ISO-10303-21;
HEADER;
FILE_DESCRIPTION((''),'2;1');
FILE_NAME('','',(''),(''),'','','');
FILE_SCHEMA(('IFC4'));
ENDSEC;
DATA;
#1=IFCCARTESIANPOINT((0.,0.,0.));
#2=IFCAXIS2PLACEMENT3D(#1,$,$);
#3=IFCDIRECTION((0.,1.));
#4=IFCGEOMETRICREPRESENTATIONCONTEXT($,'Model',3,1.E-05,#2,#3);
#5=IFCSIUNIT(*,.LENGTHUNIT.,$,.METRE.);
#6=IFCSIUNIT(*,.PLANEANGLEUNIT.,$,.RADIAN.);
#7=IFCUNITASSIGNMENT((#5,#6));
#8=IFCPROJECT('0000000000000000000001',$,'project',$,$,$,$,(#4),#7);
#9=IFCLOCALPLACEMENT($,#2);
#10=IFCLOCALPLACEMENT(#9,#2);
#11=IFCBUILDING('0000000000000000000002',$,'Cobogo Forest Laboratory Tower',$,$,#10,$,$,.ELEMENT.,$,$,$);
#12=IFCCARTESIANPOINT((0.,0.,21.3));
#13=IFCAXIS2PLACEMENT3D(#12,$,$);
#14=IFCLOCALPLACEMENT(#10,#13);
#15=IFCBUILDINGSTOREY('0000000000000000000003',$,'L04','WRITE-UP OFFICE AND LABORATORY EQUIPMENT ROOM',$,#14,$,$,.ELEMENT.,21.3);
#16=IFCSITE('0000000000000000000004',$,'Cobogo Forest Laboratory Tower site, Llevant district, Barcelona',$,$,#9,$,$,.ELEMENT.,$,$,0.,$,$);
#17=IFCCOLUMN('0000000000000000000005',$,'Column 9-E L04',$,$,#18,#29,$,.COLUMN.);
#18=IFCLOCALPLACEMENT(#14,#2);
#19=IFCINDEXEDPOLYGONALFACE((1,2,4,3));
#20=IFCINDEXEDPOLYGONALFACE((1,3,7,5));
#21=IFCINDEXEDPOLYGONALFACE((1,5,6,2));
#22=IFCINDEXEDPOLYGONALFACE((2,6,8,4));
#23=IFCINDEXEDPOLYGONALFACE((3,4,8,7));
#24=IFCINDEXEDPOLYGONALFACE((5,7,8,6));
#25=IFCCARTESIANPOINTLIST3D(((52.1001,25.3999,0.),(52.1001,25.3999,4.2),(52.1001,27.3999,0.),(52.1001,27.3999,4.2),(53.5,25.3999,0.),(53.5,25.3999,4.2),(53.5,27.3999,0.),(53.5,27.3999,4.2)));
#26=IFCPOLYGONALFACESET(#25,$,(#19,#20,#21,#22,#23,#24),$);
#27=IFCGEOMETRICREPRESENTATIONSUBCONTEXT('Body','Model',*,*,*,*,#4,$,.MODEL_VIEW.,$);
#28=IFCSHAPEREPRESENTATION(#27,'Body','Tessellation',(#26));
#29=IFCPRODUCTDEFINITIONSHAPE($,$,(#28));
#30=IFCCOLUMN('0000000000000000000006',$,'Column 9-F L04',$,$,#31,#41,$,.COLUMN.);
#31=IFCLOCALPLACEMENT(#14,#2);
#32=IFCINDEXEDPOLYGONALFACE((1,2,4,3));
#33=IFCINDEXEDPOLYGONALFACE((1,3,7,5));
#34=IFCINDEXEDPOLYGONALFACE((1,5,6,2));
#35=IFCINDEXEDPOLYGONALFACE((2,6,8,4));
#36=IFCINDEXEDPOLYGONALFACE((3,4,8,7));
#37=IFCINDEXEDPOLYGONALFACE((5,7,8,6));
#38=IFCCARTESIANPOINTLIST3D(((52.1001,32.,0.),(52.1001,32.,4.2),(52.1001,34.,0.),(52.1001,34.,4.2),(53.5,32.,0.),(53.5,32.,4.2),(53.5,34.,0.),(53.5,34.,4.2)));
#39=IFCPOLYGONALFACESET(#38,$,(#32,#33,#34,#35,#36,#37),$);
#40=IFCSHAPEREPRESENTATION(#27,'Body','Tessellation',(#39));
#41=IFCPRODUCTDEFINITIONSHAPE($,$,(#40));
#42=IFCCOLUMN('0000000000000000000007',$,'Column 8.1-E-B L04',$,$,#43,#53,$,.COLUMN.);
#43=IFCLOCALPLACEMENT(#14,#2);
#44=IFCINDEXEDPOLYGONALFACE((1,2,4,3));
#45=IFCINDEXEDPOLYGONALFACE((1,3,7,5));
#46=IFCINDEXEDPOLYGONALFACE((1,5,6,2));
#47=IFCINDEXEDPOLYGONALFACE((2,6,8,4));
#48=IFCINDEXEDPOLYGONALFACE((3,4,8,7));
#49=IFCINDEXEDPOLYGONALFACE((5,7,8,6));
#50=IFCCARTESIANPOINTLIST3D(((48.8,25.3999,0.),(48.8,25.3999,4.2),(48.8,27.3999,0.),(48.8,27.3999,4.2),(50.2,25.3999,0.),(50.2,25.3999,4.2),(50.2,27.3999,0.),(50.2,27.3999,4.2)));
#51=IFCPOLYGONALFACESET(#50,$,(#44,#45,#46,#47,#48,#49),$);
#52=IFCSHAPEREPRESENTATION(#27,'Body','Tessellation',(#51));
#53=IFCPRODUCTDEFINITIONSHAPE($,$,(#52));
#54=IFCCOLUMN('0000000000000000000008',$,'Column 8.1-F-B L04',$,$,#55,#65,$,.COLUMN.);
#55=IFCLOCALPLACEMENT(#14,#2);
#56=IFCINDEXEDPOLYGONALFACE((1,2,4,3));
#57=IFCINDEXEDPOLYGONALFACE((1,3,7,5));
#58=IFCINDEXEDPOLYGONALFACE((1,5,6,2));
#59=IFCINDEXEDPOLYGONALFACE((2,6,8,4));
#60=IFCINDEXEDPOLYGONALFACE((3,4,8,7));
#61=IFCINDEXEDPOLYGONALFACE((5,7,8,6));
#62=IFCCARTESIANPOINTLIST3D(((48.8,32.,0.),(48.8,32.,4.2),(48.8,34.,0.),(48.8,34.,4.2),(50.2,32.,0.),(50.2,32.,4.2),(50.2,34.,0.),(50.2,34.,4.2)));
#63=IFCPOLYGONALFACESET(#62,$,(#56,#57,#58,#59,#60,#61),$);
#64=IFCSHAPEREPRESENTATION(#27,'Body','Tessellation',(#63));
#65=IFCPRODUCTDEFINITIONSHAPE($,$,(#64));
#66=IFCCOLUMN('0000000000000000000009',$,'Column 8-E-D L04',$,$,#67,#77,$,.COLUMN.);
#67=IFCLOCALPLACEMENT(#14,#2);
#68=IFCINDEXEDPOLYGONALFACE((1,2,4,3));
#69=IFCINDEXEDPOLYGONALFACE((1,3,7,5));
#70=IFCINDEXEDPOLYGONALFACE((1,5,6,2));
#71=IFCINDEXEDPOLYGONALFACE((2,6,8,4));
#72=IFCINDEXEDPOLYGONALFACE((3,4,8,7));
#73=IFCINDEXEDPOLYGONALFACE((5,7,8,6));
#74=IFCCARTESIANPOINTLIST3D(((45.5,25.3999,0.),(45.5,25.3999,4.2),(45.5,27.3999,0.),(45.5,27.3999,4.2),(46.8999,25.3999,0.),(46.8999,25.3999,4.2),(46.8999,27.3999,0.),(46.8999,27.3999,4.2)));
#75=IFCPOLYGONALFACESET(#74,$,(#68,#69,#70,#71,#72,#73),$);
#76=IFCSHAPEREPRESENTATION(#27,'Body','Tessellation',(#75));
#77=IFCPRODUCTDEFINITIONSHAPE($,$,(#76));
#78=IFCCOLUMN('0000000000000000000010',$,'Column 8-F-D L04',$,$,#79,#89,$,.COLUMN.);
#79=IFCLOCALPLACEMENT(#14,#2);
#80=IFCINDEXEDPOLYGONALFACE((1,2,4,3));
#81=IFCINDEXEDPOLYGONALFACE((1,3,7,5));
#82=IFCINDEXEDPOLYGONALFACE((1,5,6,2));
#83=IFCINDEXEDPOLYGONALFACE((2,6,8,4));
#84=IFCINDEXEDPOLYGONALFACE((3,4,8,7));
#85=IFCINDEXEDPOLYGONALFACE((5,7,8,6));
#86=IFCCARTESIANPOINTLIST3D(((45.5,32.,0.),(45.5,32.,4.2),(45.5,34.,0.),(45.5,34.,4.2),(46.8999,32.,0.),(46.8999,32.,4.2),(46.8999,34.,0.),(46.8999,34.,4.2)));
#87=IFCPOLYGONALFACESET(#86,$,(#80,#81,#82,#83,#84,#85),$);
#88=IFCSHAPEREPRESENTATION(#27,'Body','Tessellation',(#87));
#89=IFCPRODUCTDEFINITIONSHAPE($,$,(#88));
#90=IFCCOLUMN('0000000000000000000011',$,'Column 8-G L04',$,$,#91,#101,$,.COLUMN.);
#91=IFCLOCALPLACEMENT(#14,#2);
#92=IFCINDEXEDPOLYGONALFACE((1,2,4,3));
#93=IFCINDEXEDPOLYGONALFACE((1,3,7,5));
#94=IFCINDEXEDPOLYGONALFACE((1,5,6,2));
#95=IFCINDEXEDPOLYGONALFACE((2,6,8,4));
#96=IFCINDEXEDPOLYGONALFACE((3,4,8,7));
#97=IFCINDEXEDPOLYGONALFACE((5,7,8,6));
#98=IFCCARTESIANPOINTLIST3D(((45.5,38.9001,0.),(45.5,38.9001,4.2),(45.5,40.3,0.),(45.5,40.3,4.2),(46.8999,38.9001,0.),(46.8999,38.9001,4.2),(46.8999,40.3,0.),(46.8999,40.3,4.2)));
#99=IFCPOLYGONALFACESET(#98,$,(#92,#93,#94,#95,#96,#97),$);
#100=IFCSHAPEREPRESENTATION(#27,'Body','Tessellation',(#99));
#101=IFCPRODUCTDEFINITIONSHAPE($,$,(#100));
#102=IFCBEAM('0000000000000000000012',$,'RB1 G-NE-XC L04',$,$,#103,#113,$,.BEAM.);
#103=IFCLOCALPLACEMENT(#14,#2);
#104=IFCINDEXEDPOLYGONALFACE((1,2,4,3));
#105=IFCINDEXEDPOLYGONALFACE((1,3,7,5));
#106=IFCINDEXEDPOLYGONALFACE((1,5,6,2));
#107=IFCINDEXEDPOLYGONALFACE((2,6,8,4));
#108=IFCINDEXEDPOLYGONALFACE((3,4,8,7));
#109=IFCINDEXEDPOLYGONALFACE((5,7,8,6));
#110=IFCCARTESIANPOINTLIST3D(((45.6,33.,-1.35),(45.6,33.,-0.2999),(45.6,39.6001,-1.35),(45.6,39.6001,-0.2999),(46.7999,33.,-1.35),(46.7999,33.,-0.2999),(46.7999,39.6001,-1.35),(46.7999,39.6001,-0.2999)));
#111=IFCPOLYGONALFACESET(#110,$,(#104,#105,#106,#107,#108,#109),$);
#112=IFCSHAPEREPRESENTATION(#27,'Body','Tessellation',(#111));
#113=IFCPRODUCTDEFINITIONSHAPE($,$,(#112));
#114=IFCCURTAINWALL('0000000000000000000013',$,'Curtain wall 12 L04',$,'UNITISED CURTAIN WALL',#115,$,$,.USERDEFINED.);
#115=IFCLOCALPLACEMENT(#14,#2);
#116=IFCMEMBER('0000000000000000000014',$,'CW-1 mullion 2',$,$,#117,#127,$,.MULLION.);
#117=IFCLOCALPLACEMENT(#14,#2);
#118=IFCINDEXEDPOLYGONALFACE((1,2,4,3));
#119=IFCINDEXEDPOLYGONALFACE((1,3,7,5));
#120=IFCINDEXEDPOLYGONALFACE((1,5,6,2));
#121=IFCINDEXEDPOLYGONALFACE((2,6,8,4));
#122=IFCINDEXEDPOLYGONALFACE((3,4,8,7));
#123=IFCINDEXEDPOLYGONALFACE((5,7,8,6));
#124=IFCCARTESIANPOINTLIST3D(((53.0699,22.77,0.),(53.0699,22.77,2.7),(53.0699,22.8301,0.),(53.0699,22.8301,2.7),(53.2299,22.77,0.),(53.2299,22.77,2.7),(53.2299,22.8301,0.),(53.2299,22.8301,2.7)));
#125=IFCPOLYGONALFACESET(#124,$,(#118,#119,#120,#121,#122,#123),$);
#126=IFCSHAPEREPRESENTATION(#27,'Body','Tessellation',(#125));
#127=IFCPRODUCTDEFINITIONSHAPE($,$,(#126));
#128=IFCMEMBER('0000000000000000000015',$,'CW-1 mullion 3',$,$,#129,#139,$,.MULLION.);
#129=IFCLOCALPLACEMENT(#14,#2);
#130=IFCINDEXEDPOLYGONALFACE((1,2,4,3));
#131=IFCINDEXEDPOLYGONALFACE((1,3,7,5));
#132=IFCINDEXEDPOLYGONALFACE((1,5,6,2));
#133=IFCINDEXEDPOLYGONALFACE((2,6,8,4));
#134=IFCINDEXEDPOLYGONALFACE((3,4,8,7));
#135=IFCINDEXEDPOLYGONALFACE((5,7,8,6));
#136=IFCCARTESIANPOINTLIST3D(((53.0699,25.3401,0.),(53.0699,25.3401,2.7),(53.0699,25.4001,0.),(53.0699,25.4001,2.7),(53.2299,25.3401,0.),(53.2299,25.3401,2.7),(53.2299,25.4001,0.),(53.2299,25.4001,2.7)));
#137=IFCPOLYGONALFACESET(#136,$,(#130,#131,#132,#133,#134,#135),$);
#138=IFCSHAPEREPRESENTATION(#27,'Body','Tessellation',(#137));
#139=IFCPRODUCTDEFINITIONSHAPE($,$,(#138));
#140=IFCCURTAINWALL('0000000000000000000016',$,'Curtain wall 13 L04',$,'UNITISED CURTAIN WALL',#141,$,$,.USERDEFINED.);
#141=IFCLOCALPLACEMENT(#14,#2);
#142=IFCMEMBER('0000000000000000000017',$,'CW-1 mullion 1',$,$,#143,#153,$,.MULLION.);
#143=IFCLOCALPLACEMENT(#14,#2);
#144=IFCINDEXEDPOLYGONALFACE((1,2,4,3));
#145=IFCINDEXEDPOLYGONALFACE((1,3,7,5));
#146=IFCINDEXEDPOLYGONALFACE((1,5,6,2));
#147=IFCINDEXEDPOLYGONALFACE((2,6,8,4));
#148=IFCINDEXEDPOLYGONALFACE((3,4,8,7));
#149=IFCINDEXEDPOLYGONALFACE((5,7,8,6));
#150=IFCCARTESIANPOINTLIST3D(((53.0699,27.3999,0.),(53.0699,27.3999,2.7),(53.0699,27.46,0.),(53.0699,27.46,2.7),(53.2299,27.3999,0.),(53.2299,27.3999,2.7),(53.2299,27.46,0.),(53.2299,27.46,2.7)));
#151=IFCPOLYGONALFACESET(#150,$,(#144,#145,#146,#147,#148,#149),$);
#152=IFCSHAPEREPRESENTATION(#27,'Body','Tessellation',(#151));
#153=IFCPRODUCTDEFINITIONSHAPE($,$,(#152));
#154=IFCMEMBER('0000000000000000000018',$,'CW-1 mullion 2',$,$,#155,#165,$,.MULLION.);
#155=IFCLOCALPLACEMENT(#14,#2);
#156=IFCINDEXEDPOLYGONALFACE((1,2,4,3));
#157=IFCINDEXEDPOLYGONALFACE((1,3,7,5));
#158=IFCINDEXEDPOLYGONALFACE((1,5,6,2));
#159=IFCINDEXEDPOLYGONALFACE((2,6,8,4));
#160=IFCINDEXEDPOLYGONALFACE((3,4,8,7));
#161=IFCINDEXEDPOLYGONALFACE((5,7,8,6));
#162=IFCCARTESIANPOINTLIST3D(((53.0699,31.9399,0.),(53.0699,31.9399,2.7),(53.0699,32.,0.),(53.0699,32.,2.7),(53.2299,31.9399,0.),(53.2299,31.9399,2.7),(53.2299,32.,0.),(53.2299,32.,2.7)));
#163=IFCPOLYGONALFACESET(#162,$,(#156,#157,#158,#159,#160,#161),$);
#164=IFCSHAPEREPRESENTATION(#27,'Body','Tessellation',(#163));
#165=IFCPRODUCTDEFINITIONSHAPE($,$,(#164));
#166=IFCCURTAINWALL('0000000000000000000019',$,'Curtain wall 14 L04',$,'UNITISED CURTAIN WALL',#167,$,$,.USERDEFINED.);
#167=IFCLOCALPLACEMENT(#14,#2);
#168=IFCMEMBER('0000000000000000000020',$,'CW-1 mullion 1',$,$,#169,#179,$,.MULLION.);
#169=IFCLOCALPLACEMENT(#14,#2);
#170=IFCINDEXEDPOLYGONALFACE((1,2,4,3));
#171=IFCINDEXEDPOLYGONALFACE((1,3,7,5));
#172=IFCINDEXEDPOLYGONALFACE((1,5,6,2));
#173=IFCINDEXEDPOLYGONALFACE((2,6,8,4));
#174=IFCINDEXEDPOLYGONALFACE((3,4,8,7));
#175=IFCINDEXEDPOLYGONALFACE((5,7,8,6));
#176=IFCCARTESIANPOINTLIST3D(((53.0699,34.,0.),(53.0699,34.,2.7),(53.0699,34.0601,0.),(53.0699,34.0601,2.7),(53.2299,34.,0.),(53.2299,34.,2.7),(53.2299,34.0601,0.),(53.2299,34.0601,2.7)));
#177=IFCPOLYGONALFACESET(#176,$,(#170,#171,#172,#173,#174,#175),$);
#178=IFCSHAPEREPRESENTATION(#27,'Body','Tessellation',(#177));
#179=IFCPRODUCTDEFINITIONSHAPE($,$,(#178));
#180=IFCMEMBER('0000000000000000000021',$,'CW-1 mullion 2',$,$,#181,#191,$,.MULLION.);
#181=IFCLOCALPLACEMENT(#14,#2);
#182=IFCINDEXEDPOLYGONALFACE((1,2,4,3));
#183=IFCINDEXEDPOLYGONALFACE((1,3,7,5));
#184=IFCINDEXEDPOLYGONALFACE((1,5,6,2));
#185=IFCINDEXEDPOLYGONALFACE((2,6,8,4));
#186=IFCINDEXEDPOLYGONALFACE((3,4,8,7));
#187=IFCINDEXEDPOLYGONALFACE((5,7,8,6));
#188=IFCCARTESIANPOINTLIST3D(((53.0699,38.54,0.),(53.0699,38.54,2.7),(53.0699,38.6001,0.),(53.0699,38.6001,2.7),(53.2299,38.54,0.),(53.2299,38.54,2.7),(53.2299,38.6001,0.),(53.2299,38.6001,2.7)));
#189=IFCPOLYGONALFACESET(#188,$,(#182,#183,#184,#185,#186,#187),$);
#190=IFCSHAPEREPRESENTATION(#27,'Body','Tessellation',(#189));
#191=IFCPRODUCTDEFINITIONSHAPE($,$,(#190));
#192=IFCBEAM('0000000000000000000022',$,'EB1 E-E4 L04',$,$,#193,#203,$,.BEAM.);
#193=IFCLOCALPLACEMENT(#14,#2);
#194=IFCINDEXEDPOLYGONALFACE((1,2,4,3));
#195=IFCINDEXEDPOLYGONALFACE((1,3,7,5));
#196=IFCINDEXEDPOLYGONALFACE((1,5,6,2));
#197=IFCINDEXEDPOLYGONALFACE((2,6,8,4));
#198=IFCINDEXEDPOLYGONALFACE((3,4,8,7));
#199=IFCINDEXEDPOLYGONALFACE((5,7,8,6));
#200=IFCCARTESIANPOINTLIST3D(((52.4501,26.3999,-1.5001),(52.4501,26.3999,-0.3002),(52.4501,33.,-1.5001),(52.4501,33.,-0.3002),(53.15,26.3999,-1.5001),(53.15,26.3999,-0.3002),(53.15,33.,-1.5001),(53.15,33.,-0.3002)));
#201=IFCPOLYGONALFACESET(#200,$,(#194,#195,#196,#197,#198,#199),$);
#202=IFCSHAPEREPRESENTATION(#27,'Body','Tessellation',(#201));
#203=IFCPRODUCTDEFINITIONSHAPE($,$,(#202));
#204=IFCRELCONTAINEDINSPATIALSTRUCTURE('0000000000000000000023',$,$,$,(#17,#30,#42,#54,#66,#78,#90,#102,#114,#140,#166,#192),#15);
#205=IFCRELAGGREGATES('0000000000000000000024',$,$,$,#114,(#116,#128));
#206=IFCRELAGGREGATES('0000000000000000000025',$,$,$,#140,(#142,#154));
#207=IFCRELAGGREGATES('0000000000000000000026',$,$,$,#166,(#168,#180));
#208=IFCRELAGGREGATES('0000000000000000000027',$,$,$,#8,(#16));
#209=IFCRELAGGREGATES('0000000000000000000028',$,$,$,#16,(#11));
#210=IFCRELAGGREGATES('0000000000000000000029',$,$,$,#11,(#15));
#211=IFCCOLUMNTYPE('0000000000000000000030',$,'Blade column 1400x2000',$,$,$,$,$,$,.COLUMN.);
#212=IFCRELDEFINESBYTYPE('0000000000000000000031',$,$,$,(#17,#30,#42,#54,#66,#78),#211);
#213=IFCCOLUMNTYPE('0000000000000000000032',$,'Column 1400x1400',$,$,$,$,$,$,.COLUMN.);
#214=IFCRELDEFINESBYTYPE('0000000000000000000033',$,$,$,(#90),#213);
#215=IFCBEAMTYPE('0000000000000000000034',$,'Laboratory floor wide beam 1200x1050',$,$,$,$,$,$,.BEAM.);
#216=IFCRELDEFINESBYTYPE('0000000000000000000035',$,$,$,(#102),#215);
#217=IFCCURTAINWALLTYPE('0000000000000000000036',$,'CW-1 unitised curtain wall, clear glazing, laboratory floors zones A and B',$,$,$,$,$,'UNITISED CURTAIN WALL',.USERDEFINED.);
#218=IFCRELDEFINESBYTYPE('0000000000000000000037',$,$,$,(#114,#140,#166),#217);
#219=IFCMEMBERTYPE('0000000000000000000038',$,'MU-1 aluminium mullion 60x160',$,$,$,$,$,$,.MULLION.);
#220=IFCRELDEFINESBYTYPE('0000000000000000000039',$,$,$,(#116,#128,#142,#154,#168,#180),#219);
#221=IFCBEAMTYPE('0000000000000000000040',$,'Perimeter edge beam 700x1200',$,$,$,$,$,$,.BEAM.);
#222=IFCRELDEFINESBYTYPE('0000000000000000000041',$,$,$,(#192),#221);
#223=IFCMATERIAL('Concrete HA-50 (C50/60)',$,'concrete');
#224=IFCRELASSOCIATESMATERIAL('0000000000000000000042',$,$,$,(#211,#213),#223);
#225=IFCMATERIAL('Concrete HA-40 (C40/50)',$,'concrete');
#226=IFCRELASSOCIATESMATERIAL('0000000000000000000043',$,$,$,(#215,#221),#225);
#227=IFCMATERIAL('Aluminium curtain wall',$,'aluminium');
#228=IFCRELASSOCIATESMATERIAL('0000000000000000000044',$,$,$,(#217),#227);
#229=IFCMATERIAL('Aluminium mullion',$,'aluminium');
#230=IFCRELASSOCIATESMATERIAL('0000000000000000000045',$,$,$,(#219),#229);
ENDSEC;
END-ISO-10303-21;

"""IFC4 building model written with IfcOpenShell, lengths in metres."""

from ifc_helpers import new_model, si_unit, direction, frame, origin, origin_2d, place, context, subcontext, project, spatial, rectangle, extrude, material, material_profile, profile_set, type_object, element, aggregate, save


model = new_model("IFC4")

# Units and contexts
model_context = context("Model", 3, precision=1e-05, world=origin(), true_north=direction((0.0, 1.0)))
body_context = subcontext(model_context, "Body", "Model", "MODEL_VIEW")
ifc_project = project(units=[si_unit("LENGTHUNIT", "METRE"), si_unit("PLANEANGLEUNIT", "RADIAN")], contexts=[model_context])

# Site, building, storey
site_placement = place(None, origin())
site = spatial("IfcSite", under=ifc_project, at=site_placement, Name="Cobogo Forest Laboratory Tower site, Llevant district, Barcelona", CompositionType="ELEMENT", RefElevation=0.0)
building_placement = place(site_placement, origin())
building = spatial("IfcBuilding", under=site, at=building_placement, Name="Cobogo Forest Laboratory Tower", CompositionType="ELEMENT")
storey_placement = place(building_placement, frame((0.0, 0.0, 21.3)))
storey = spatial("IfcBuildingStorey", under=building, at=storey_placement, Name="L04", Description="WRITE-UP OFFICE AND LABORATORY EQUIPMENT ROOM", CompositionType="ELEMENT", Elevation=21.3)

# Columns
ifc_material_1 = material(Name="Concrete HA-50 (C50/60)", Category="concrete")
ifc_material_profile_1 = material_profile(ifc_material_1, rectangle(XDim=2.0, YDim=1.3999, at=origin_2d()), Name="RC 1400x2000")
ifc_profile_set_1 = profile_set([ifc_material_profile_1], Name="Concrete HA-50 (C50/60)")
column_type_1 = type_object("IfcColumnType", Name="Blade column 1400x2000", PredefinedType="COLUMN", material=ifc_profile_set_1)
for number, where, z_axis, x_axis, name in (
    (1, (52.8, 26.3999, 0.0), (0.0, 0.0, 1.0), (0.0, 1.0, 0.0), "Column 9-E L04"),
    (2, (52.8, 33.0, 0.0), (0.0, 0.0, 1.0), (0.0, 1.0, 0.0), "Column 9-F L04"),
    (3, (49.5, 26.3999, 0.0), (0.0, 0.0, 1.0), (0.0, 1.0, 0.0), "Column 8.1-E-B L04"),
    (4, (49.5, 33.0, 0.0), (0.0, 0.0, 1.0), (0.0, 1.0, 0.0), "Column 8.1-F-B L04"),
    (5, (46.2, 26.3999, 0.0), (0.0, 0.0, 1.0), (0.0, 1.0, 0.0), "Column 8-E-D L04"),
    (6, (46.2, 33.0, 0.0), (0.0, 0.0, 1.0), (0.0, 1.0, 0.0), "Column 8-F-D L04"),
):
    element("IfcColumn", number, at=place(storey_placement, frame(where, z_axis=z_axis, x_axis=x_axis)), inside=storey, type_object=column_type_1, Name=name, PredefinedType="COLUMN", context=body_context, shape_type="SweptSolid", body=[
        extrude(rectangle(XDim=2.0, YDim=1.3999, at=origin_2d()), origin(), (0.0, 0.0, 1.0), 4.2),
    ])
ifc_material_profile_2 = material_profile(ifc_material_1, rectangle(XDim=1.3999, YDim=1.3999, at=origin_2d()), Name="RC 1400x1400")
ifc_profile_set_2 = profile_set([ifc_material_profile_2], Name="Concrete HA-50 (C50/60)")
column_type_2 = type_object("IfcColumnType", Name="Column 1400x1400", PredefinedType="COLUMN", material=ifc_profile_set_2)
column_placement = place(storey_placement, frame((46.2, 39.6001, 0.0), z_axis=(0.0, 0.0, 1.0), x_axis=(1.0, 0.0, 0.0)))
element("IfcColumn", 7, at=column_placement, inside=storey, type_object=column_type_2, Name="Column 8-G L04", PredefinedType="COLUMN", context=body_context, shape_type="SweptSolid", body=[
    extrude(rectangle(XDim=1.3999, YDim=1.3999, at=origin_2d()), origin(), (0.0, 0.0, 1.0), 4.2),
])

# Beam
ifc_material_2 = material(Name="Concrete HA-40 (C40/50)", Category="concrete")
ifc_material_profile_3 = material_profile(ifc_material_2, rectangle(XDim=1.2, YDim=1.05, at=origin_2d()), Name="RC 1200x1050")
ifc_profile_set_3 = profile_set([ifc_material_profile_3], Name="Concrete HA-40 (C40/50)")
beam_type_1 = type_object("IfcBeamType", Name="Laboratory floor wide beam 1200x1050", PredefinedType="BEAM", material=ifc_profile_set_3)
beam_placement = place(storey_placement, frame((46.2, 39.6001, -0.825), z_axis=(0.0, -1.0, 0.0), x_axis=(1.0, 0.0, 0.0)))
element("IfcBeam", 8, at=beam_placement, inside=storey, type_object=beam_type_1, Name="RB1 G-NE-XC L04", PredefinedType="BEAM", context=body_context, shape_type="SweptSolid", body=[
    extrude(rectangle(XDim=1.2, YDim=1.05, at=origin_2d()), origin(), (0.0, 0.0, 1.0), 6.6001),
])

# Curtain walls, members
ifc_material_3 = material(Name="Aluminium curtain wall", Category="aluminium")
curtain_wall_type = type_object("IfcCurtainWallType", Name="CW-1 unitised curtain wall, clear glazing, laboratory floors zones A and B", ElementType="UNITISED CURTAIN WALL", PredefinedType="USERDEFINED", material=ifc_material_3)
curtain_wall_1_placement = place(storey_placement, origin())
curtain_wall_1 = element("IfcCurtainWall", 9, at=curtain_wall_1_placement, inside=storey, type_object=curtain_wall_type, Name="Curtain wall 12 L04", ObjectType="UNITISED CURTAIN WALL", PredefinedType="USERDEFINED")
ifc_material_4 = material(Name="Aluminium mullion", Category="aluminium")
ifc_material_profile_4 = material_profile(ifc_material_4, rectangle(XDim=0.0601, YDim=0.1599, at=origin_2d()), Name="AL 60x160")
ifc_profile_set_4 = profile_set([ifc_material_profile_4], Name="Aluminium mullion")
member_type_1 = type_object("IfcMemberType", Name="MU-1 aluminium mullion 60x160", PredefinedType="MULLION", material=ifc_profile_set_4)
member_1_placement = place(storey_placement, frame((53.1499, 22.8, 0.0), z_axis=(0.0, 0.0, 1.0), x_axis=(0.0, 1.0, 0.0)))
member_1 = element("IfcMember", 10, at=member_1_placement, type_object=member_type_1, Name="CW-1 mullion 2", PredefinedType="MULLION", context=body_context, shape_type="SweptSolid", body=[
    extrude(rectangle(XDim=0.0601, YDim=0.1599, at=origin_2d()), origin(), (0.0, 0.0, 1.0), 2.7),
])
member_2_placement = place(storey_placement, frame((53.1499, 25.3701, 0.0), z_axis=(0.0, 0.0, 1.0), x_axis=(0.0, 1.0, 0.0)))
member_2 = element("IfcMember", 11, at=member_2_placement, type_object=member_type_1, Name="CW-1 mullion 3", PredefinedType="MULLION", context=body_context, shape_type="SweptSolid", body=[
    extrude(rectangle(XDim=0.0601, YDim=0.1599, at=origin_2d()), origin(), (0.0, 0.0, 1.0), 2.7),
])
curtain_wall_2_placement = place(storey_placement, origin())
curtain_wall_2 = element("IfcCurtainWall", 12, at=curtain_wall_2_placement, inside=storey, type_object=curtain_wall_type, Name="Curtain wall 13 L04", ObjectType="UNITISED CURTAIN WALL", PredefinedType="USERDEFINED")
member_3_placement = place(storey_placement, frame((53.1499, 27.4299, 0.0), z_axis=(0.0, 0.0, 1.0), x_axis=(0.0, 1.0, 0.0)))
member_3 = element("IfcMember", 13, at=member_3_placement, type_object=member_type_1, Name="CW-1 mullion 1", PredefinedType="MULLION", context=body_context, shape_type="SweptSolid", body=[
    extrude(rectangle(XDim=0.0601, YDim=0.1599, at=origin_2d()), origin(), (0.0, 0.0, 1.0), 2.7),
])
member_4_placement = place(storey_placement, frame((53.1499, 31.97, 0.0), z_axis=(0.0, 0.0, 1.0), x_axis=(0.0, 1.0, 0.0)))
member_4 = element("IfcMember", 14, at=member_4_placement, type_object=member_type_1, Name="CW-1 mullion 2", PredefinedType="MULLION", context=body_context, shape_type="SweptSolid", body=[
    extrude(rectangle(XDim=0.0601, YDim=0.1599, at=origin_2d()), origin(), (0.0, 0.0, 1.0), 2.7),
])
curtain_wall_3_placement = place(storey_placement, origin())
curtain_wall_3 = element("IfcCurtainWall", 15, at=curtain_wall_3_placement, inside=storey, type_object=curtain_wall_type, Name="Curtain wall 14 L04", ObjectType="UNITISED CURTAIN WALL", PredefinedType="USERDEFINED")
member_5_placement = place(storey_placement, frame((53.1499, 34.03, 0.0), z_axis=(0.0, 0.0, 1.0), x_axis=(0.0, 1.0, 0.0)))
member_5 = element("IfcMember", 16, at=member_5_placement, type_object=member_type_1, Name="CW-1 mullion 1", PredefinedType="MULLION", context=body_context, shape_type="SweptSolid", body=[
    extrude(rectangle(XDim=0.0601, YDim=0.1599, at=origin_2d()), origin(), (0.0, 0.0, 1.0), 2.7),
])
member_6_placement = place(storey_placement, frame((53.1499, 38.5701, 0.0), z_axis=(0.0, 0.0, 1.0), x_axis=(0.0, 1.0, 0.0)))
member_6 = element("IfcMember", 17, at=member_6_placement, type_object=member_type_1, Name="CW-1 mullion 2", PredefinedType="MULLION", context=body_context, shape_type="SweptSolid", body=[
    extrude(rectangle(XDim=0.0601, YDim=0.1599, at=origin_2d()), origin(), (0.0, 0.0, 1.0), 2.7),
])

# Beam
ifc_material_profile_5 = material_profile(ifc_material_2, rectangle(XDim=0.7, YDim=1.2, at=origin_2d()), Name="RC 700x1200")
ifc_profile_set_5 = profile_set([ifc_material_profile_5], Name="Concrete HA-40 (C40/50)")
beam_type_2 = type_object("IfcBeamType", Name="Perimeter edge beam 700x1200", PredefinedType="BEAM", material=ifc_profile_set_5)
for number, where, z_axis, x_axis, name in (
    (18, (52.8, 26.3999, -0.9001), (0.0, 1.0, 0.0), (-1.0, 0.0, 0.0), "EB1 E-E4 L04"),
):
    element("IfcBeam", number, at=place(storey_placement, frame(where, z_axis=z_axis, x_axis=x_axis)), inside=storey, type_object=beam_type_2, Name=name, PredefinedType="BEAM", context=body_context, shape_type="SweptSolid", body=[
        extrude(rectangle(XDim=0.7, YDim=1.2, at=origin_2d()), origin(), (0.0, 0.0, 1.0), 6.6001),
    ])

aggregate(curtain_wall_1, [member_1, member_2])
aggregate(curtain_wall_2, [member_3, member_4])
aggregate(curtain_wall_3, [member_5, member_6])

save(model, "model.ifc")
